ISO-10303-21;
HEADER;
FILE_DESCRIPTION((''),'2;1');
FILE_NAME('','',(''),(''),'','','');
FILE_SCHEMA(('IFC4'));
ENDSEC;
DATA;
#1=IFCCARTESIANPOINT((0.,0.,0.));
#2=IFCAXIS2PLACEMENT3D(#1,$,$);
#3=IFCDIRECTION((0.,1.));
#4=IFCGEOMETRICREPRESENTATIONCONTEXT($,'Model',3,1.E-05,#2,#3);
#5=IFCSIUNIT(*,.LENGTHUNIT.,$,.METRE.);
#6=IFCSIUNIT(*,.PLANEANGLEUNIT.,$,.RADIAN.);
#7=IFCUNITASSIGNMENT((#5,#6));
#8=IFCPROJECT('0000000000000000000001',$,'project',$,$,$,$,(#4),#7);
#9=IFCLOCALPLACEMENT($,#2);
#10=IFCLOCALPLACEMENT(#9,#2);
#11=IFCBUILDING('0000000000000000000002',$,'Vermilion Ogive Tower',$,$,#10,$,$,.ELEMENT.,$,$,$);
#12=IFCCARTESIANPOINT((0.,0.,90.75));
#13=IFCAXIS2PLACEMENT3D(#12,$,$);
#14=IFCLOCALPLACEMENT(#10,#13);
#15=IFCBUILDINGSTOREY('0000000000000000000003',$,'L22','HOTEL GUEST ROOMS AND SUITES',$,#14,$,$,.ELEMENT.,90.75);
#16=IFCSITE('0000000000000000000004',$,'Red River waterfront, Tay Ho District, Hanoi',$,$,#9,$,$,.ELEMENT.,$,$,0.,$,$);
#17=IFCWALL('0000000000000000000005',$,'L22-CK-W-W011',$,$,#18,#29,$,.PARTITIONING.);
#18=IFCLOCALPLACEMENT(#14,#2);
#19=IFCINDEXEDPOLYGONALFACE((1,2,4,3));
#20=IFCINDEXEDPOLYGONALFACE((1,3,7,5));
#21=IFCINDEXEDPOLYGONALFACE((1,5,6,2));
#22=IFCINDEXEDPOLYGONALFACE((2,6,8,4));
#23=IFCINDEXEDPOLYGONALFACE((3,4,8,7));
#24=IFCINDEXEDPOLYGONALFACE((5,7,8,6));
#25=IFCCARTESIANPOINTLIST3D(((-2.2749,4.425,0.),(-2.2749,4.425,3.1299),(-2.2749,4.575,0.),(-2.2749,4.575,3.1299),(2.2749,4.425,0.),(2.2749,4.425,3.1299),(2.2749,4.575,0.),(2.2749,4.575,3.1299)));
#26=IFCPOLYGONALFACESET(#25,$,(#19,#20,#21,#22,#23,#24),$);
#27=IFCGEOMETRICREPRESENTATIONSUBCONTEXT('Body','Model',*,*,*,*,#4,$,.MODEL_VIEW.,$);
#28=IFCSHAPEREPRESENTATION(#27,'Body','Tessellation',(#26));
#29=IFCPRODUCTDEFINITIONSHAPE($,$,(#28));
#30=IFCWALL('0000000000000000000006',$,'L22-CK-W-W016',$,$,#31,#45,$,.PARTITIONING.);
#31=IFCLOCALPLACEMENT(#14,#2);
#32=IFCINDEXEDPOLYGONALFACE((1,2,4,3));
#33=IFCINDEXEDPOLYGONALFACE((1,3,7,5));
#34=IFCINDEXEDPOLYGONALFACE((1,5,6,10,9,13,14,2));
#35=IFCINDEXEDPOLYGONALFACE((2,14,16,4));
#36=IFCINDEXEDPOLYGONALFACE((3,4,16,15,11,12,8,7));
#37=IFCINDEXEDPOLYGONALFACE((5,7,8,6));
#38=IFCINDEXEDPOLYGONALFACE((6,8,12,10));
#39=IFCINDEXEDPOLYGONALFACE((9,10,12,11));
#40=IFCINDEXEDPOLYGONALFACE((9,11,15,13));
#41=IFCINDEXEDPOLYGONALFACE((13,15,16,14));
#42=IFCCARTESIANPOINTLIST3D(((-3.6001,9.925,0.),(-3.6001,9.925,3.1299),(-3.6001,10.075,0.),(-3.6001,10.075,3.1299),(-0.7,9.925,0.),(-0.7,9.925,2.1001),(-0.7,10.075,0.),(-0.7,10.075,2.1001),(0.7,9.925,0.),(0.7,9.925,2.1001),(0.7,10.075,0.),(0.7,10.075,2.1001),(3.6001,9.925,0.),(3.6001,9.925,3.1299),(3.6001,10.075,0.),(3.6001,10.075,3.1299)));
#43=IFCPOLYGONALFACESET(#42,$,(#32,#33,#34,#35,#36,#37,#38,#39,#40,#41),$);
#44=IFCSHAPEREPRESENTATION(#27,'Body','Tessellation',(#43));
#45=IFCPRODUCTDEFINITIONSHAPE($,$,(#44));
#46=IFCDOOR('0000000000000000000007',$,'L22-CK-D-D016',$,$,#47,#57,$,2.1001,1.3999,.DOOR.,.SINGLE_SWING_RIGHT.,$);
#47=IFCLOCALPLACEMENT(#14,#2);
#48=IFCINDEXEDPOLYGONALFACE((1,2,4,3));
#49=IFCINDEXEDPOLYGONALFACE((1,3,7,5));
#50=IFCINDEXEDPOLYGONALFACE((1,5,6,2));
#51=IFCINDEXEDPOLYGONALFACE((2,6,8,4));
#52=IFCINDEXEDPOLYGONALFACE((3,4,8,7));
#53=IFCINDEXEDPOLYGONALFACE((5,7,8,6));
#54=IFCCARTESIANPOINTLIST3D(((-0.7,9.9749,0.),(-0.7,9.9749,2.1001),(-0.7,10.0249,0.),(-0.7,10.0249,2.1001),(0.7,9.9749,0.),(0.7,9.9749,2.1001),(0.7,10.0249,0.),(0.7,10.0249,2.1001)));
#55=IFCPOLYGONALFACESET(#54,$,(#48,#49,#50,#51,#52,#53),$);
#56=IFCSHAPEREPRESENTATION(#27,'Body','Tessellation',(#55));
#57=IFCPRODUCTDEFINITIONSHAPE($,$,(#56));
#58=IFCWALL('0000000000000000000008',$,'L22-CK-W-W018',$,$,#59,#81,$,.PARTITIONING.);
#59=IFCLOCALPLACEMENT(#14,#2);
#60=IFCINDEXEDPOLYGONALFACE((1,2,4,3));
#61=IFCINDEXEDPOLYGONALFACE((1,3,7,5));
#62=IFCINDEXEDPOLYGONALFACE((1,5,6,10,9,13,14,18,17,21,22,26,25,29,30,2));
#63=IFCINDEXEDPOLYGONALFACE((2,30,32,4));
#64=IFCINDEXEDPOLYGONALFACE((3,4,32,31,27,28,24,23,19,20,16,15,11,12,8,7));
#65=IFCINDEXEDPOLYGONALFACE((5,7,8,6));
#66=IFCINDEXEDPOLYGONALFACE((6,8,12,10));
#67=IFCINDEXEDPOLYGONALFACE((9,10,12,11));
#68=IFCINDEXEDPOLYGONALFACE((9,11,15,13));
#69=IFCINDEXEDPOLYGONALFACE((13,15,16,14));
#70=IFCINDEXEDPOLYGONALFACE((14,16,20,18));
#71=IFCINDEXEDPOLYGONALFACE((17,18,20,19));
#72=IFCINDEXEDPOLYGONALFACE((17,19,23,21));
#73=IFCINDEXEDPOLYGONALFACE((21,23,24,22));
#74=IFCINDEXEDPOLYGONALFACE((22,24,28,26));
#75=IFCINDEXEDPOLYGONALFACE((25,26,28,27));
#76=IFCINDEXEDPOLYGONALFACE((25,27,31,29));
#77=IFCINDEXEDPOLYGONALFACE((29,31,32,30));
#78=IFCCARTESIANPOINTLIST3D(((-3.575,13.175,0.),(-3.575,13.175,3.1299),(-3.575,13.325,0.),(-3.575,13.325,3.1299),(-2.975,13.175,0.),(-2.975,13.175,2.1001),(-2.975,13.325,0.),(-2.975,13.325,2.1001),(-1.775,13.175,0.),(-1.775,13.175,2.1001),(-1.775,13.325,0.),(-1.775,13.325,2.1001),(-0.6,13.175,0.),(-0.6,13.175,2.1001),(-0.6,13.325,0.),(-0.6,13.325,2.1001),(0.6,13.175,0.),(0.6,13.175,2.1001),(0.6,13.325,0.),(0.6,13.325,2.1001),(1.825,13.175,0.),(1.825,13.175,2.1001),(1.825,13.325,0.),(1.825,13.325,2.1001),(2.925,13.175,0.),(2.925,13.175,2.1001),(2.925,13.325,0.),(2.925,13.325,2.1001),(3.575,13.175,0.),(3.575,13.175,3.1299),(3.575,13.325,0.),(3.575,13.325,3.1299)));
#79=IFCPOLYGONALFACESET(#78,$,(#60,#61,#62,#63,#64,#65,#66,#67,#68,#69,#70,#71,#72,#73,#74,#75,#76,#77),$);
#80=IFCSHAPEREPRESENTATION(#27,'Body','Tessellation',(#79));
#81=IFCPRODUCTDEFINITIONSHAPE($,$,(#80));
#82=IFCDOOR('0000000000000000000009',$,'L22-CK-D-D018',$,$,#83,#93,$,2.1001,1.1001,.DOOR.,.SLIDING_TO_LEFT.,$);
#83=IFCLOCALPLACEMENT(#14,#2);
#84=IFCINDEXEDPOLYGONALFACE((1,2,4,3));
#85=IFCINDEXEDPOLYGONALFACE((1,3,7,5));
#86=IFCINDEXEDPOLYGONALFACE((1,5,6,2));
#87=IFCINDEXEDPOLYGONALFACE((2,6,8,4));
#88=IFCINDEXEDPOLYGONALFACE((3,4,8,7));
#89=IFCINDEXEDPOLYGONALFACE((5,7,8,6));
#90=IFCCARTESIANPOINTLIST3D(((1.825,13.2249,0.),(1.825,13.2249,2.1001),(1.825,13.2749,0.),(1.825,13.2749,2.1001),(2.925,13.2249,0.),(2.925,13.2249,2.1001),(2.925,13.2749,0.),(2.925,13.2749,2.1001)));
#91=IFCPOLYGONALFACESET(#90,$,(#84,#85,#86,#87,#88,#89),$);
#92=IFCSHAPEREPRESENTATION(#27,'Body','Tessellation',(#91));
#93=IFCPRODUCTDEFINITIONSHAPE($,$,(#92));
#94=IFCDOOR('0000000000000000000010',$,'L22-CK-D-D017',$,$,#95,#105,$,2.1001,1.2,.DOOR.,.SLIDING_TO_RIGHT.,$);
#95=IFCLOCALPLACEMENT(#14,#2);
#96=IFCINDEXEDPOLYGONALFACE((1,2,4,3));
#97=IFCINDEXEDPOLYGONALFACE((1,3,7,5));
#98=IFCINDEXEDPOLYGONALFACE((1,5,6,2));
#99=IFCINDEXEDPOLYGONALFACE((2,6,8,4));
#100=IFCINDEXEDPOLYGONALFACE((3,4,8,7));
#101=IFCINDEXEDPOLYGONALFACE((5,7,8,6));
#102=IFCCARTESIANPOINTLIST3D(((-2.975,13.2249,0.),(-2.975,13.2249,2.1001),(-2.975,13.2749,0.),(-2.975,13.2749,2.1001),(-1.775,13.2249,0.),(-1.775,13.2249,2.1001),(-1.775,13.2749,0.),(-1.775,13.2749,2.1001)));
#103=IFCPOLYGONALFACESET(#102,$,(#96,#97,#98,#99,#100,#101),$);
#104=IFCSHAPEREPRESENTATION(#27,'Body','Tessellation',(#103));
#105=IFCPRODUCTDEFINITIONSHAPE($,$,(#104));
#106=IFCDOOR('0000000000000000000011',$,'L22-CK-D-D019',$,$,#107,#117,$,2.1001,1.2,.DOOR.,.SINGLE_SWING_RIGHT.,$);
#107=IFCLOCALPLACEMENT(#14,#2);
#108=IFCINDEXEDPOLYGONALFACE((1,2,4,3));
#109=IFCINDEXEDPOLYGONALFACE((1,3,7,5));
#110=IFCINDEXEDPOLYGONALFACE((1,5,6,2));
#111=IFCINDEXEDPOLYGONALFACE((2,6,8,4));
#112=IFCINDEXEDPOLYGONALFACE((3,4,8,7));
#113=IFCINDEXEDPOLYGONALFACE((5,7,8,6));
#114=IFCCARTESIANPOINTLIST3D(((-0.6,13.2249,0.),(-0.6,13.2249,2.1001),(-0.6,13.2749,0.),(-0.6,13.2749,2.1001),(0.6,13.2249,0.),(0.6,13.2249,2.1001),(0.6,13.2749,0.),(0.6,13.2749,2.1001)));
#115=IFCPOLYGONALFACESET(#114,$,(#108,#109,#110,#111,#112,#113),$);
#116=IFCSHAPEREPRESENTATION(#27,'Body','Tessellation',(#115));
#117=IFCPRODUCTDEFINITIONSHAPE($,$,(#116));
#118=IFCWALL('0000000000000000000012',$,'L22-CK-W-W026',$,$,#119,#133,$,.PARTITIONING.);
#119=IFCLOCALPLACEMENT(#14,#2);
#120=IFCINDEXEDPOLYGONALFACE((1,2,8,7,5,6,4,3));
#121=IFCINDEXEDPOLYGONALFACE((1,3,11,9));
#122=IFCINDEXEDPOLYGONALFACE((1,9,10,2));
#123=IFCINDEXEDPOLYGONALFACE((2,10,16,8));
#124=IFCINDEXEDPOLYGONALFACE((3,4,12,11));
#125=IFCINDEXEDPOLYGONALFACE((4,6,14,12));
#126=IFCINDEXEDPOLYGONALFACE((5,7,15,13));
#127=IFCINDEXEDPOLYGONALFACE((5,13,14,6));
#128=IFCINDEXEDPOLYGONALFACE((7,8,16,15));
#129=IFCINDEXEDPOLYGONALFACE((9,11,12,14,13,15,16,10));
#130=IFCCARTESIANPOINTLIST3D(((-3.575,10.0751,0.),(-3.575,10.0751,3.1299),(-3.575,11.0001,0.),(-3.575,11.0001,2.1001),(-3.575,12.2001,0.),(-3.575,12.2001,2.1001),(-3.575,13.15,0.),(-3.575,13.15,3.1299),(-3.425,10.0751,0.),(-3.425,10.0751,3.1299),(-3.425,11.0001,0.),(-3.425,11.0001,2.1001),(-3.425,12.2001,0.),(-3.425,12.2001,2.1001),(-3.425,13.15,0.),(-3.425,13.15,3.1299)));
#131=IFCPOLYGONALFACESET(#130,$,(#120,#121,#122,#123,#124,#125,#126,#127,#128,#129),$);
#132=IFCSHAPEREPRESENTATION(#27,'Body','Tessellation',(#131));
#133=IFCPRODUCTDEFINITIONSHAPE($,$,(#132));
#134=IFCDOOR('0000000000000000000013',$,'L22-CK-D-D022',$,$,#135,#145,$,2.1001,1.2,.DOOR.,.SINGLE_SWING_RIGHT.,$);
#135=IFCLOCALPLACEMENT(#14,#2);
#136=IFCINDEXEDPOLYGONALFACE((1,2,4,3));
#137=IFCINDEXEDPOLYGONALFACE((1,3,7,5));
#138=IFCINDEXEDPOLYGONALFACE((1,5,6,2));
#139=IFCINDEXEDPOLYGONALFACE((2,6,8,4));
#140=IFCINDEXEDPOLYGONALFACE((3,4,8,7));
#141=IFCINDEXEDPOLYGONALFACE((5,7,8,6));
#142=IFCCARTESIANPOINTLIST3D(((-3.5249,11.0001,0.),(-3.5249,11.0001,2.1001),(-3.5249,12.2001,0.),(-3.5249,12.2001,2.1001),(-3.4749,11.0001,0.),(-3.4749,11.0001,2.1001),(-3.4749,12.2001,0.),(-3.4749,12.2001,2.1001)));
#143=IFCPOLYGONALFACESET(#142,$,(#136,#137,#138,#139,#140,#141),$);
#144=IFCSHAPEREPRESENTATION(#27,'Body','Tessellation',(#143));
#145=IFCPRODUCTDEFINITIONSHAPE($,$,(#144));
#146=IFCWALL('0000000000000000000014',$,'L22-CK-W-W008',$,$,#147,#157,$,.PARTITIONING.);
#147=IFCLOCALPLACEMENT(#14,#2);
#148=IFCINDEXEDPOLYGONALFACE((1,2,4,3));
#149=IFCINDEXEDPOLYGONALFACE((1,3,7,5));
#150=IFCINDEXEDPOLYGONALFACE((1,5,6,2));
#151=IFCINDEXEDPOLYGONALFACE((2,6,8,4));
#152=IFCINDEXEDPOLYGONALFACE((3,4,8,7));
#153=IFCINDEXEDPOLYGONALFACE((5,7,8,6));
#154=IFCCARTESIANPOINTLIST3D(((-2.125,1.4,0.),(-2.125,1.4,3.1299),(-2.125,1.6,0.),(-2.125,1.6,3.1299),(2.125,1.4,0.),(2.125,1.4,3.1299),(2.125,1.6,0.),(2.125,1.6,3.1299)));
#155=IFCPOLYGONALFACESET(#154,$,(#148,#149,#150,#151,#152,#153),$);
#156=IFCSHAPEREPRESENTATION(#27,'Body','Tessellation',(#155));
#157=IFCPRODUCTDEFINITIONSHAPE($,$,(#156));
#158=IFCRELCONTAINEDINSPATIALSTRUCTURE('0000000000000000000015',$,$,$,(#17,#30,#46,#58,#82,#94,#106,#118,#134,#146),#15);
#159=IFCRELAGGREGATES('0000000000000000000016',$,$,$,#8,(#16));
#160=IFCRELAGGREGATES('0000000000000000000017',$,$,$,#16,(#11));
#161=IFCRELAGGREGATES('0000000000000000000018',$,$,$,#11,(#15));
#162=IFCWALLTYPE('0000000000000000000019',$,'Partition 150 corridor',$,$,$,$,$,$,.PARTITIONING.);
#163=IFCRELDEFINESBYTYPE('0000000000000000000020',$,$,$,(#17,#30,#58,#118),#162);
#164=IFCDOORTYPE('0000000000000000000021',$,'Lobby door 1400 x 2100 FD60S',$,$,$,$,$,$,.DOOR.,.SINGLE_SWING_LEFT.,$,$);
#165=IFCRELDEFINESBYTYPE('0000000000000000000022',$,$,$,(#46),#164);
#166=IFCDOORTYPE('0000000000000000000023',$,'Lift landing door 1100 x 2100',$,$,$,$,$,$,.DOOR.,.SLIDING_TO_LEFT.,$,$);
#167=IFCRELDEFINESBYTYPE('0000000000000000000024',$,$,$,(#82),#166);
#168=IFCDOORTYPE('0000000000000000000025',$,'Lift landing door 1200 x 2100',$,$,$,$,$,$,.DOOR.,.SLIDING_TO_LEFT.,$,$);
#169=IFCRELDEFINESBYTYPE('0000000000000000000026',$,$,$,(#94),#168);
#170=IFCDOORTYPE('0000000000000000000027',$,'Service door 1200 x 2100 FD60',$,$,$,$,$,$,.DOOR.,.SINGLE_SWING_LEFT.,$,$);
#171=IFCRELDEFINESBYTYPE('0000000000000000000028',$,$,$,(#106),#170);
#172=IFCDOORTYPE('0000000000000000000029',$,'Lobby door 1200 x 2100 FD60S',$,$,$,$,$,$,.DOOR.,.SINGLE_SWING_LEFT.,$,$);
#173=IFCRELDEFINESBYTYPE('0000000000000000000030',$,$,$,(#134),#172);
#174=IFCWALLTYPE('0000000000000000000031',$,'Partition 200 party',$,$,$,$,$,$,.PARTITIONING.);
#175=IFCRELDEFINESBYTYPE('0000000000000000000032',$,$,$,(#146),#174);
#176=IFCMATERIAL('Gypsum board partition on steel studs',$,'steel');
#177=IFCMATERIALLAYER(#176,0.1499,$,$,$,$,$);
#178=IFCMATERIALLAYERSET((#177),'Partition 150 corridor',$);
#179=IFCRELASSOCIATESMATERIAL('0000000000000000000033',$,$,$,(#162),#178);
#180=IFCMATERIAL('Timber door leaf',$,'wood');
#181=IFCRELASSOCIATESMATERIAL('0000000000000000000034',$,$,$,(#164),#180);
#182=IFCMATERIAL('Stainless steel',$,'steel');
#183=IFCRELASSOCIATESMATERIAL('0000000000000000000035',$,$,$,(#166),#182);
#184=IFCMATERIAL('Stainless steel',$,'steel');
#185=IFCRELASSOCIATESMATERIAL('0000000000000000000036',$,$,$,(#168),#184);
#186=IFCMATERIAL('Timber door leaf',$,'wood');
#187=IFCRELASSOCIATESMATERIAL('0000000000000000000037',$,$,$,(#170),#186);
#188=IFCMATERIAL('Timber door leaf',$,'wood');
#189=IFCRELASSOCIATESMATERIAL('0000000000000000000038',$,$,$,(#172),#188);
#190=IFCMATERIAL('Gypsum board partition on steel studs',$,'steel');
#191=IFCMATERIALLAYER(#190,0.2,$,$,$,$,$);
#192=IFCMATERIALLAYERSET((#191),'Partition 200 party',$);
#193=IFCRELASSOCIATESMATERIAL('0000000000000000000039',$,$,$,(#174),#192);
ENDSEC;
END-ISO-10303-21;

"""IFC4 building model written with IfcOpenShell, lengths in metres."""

from ifc_helpers import new_model, si_unit, direction, frame, frame_2d, origin, place, context, subcontext, project, spatial, rectangle, extrude, material, layer, layer_set, type_object, element, fill, save


model = new_model("IFC4")

# Units and contexts
model_context = context("Model", 3, precision=1e-05, world=origin(), true_north=direction((0.0, 1.0)))
body_context = subcontext(model_context, "Body", "Model", "MODEL_VIEW")
ifc_project = project(units=[si_unit("LENGTHUNIT", "METRE"), si_unit("PLANEANGLEUNIT", "RADIAN")], contexts=[model_context])

# Site, building, storey
site_placement = place(None, origin())
site = spatial("IfcSite", under=ifc_project, at=site_placement, Name="Red River waterfront, Tay Ho District, Hanoi", CompositionType="ELEMENT", RefElevation=0.0)
building_placement = place(site_placement, origin())
building = spatial("IfcBuilding", under=site, at=building_placement, Name="Vermilion Ogive Tower", CompositionType="ELEMENT")
storey_placement = place(building_placement, frame((0.0, 0.0, 90.75)))
storey = spatial("IfcBuildingStorey", under=building, at=storey_placement, Name="L22", Description="HOTEL GUEST ROOMS AND SUITES", CompositionType="ELEMENT", Elevation=90.75)

# Wall
ifc_material_1 = material(Name="Gypsum board partition on steel studs", Category="steel")
ifc_layer_1 = layer(ifc_material_1, 0.1499)
ifc_layer_set_1 = layer_set([ifc_layer_1], Name="Partition 150 corridor")
wall_type_1 = type_object("IfcWallType", Name="Partition 150 corridor", PredefinedType="PARTITIONING", material=ifc_layer_set_1)
wall_1_placement = place(storey_placement, frame((-2.2749, 4.5, 0.0), z_axis=(0.0, 0.0, 1.0), x_axis=(1.0, 0.0, 0.0)))
element("IfcWall", 1, at=wall_1_placement, inside=storey, type_object=wall_type_1, Name="L22-CK-W-W011", PredefinedType="PARTITIONING", context=body_context, shape_type="SweptSolid", body=[
    extrude(rectangle(XDim=4.5498, YDim=0.1499, at=frame_2d((2.2749, 0.0))), origin(), (0.0, 0.0, 1.0), 3.1299),
])

# Wall, opening, door
wall_2_placement = place(storey_placement, frame((-3.6001, 10.0, 0.0), z_axis=(0.0, 0.0, 1.0), x_axis=(1.0, 0.0, 0.0)))
wall_2 = element("IfcWall", 2, at=wall_2_placement, inside=storey, type_object=wall_type_1, Name="L22-CK-W-W016", PredefinedType="PARTITIONING", context=body_context, shape_type="SweptSolid", body=[
    extrude(rectangle(XDim=7.2002, YDim=0.1499, at=frame_2d((3.6001, 0.0))), origin(), (0.0, 0.0, 1.0), 3.1299),
])
opening_1_placement = place(wall_2_placement, frame((2.9001, 0.0, 0.0)))
opening_1 = element("IfcOpeningElement", 3, at=opening_1_placement, cuts=wall_2, PredefinedType="OPENING", context=body_context, shape_type="SweptSolid", body=[
    extrude(rectangle(XDim=1.3999, YDim=2.1001, at=frame_2d((0.7, 1.05))), frame((0.0, 0.085, 0.0), z_axis=(0.0, -1.0, 0.0), x_axis=(1.0, 0.0, 0.0)), (0.0, 0.0, 1.0), 0.1699),
])
ifc_material_2 = material(Name="Timber door leaf", Category="wood")
door_type_1 = type_object("IfcDoorType", Name="Lobby door 1400 x 2100 FD60S", OperationType="SINGLE_SWING_LEFT", PredefinedType="DOOR", material=ifc_material_2)
door_1_placement = place(opening_1_placement, origin())
door_1 = element("IfcDoor", 4, at=door_1_placement, inside=storey, type_object=door_type_1, Name="L22-CK-D-D016", OperationType="SINGLE_SWING_RIGHT", OverallHeight=2.1001, OverallWidth=1.3999, PredefinedType="DOOR", context=body_context, shape_type="SweptSolid", body=[
    extrude(rectangle(XDim=1.3999, YDim=2.1001, at=frame_2d((0.7, 1.05))), frame((0.0, 0.0249, 0.0), z_axis=(0.0, -1.0, 0.0), x_axis=(1.0, 0.0, 0.0)), (0.0, 0.0, 1.0), 0.05),
])
fill(opening_1, door_1)

# Wall, openings, doors
wall_3_placement = place(storey_placement, frame((-3.575, 13.25, 0.0), z_axis=(0.0, 0.0, 1.0), x_axis=(1.0, 0.0, 0.0)))
wall_3 = element("IfcWall", 5, at=wall_3_placement, inside=storey, type_object=wall_type_1, Name="L22-CK-W-W018", PredefinedType="PARTITIONING", context=body_context, shape_type="SweptSolid", body=[
    extrude(rectangle(XDim=7.1499, YDim=0.1499, at=frame_2d((3.575, 0.0))), origin(), (0.0, 0.0, 1.0), 3.1299),
])
opening_2_placement = place(wall_3_placement, frame((0.5999, 0.0, 0.0)))
opening_2 = element("IfcOpeningElement", 6, at=opening_2_placement, cuts=wall_3, PredefinedType="OPENING", context=body_context, shape_type="SweptSolid", body=[
    extrude(rectangle(XDim=1.2, YDim=2.1001, at=frame_2d((0.6001, 1.05))), frame((0.0, 0.085, 0.0), z_axis=(0.0, -1.0, 0.0), x_axis=(1.0, 0.0, 0.0)), (0.0, 0.0, 1.0), 0.1699),
])
opening_3_placement = place(wall_3_placement, frame((5.3999, 0.0, 0.0)))
opening_3 = element("IfcOpeningElement", 7, at=opening_3_placement, cuts=wall_3, PredefinedType="OPENING", context=body_context, shape_type="SweptSolid", body=[
    extrude(rectangle(XDim=1.1001, YDim=2.1001, at=frame_2d((0.55, 1.05))), frame((0.0, 0.085, 0.0), z_axis=(0.0, -1.0, 0.0), x_axis=(1.0, 0.0, 0.0)), (0.0, 0.0, 1.0), 0.1699),
])
opening_4_placement = place(wall_3_placement, frame((2.9749, 0.0, 0.0)))
opening_4 = element("IfcOpeningElement", 8, at=opening_4_placement, cuts=wall_3, PredefinedType="OPENING", context=body_context, shape_type="SweptSolid", body=[
    extrude(rectangle(XDim=1.2, YDim=2.1001, at=frame_2d((0.6001, 1.05))), frame((0.0, 0.085, 0.0), z_axis=(0.0, -1.0, 0.0), x_axis=(1.0, 0.0, 0.0)), (0.0, 0.0, 1.0), 0.1699),
])
ifc_material_3 = material(Name="Stainless steel", Category="steel")
door_type_2 = type_object("IfcDoorType", Name="Lift landing door 1100 x 2100", OperationType="SLIDING_TO_LEFT", PredefinedType="DOOR", material=ifc_material_3)
door_2_placement = place(opening_3_placement, origin())
door_2 = element("IfcDoor", 9, at=door_2_placement, inside=storey, type_object=door_type_2, Name="L22-CK-D-D018", OperationType="SLIDING_TO_LEFT", OverallHeight=2.1001, OverallWidth=1.1001, PredefinedType="DOOR", context=body_context, shape_type="SweptSolid", body=[
    extrude(rectangle(XDim=1.1001, YDim=2.1001, at=frame_2d((0.55, 1.05))), frame((0.0, 0.0249, 0.0), z_axis=(0.0, -1.0, 0.0), x_axis=(1.0, 0.0, 0.0)), (0.0, 0.0, 1.0), 0.05),
])
fill(opening_3, door_2)
ifc_material_4 = material(Name="Stainless steel", Category="steel")
door_type_3 = type_object("IfcDoorType", Name="Lift landing door 1200 x 2100", OperationType="SLIDING_TO_LEFT", PredefinedType="DOOR", material=ifc_material_4)
door_3_placement = place(opening_2_placement, origin())
door_3 = element("IfcDoor", 10, at=door_3_placement, inside=storey, type_object=door_type_3, Name="L22-CK-D-D017", OperationType="SLIDING_TO_RIGHT", OverallHeight=2.1001, OverallWidth=1.2, PredefinedType="DOOR", context=body_context, shape_type="SweptSolid", body=[
    extrude(rectangle(XDim=1.2, YDim=2.1001, at=frame_2d((0.6001, 1.05))), frame((0.0, 0.0249, 0.0), z_axis=(0.0, -1.0, 0.0), x_axis=(1.0, 0.0, 0.0)), (0.0, 0.0, 1.0), 0.05),
])
fill(opening_2, door_3)
ifc_material_5 = material(Name="Timber door leaf", Category="wood")
door_type_4 = type_object("IfcDoorType", Name="Service door 1200 x 2100 FD60", OperationType="SINGLE_SWING_LEFT", PredefinedType="DOOR", material=ifc_material_5)
door_4_placement = place(opening_4_placement, origin())
door_4 = element("IfcDoor", 11, at=door_4_placement, inside=storey, type_object=door_type_4, Name="L22-CK-D-D019", OperationType="SINGLE_SWING_RIGHT", OverallHeight=2.1001, OverallWidth=1.2, PredefinedType="DOOR", context=body_context, shape_type="SweptSolid", body=[
    extrude(rectangle(XDim=1.2, YDim=2.1001, at=frame_2d((0.6001, 1.05))), frame((0.0, 0.0249, 0.0), z_axis=(0.0, -1.0, 0.0), x_axis=(1.0, 0.0, 0.0)), (0.0, 0.0, 1.0), 0.05),
])
fill(opening_4, door_4)

# Wall, opening, door
wall_4_placement = place(storey_placement, frame((-3.5, 10.075, 0.0), z_axis=(0.0, 0.0, 1.0), x_axis=(0.0, 1.0, 0.0)))
wall_4 = element("IfcWall", 12, at=wall_4_placement, inside=storey, type_object=wall_type_1, Name="L22-CK-W-W026", PredefinedType="PARTITIONING", context=body_context, shape_type="SweptSolid", body=[
    extrude(rectangle(XDim=3.075, YDim=0.1499, at=frame_2d((1.5376, 0.0))), origin(), (0.0, 0.0, 1.0), 3.1299),
])
opening_5_placement = place(wall_4_placement, frame((0.925, 0.0, 0.0)))
opening_5 = element("IfcOpeningElement", 13, at=opening_5_placement, cuts=wall_4, PredefinedType="OPENING", context=body_context, shape_type="SweptSolid", body=[
    extrude(rectangle(XDim=1.2, YDim=2.1001, at=frame_2d((0.6001, 1.05))), frame((0.0, 0.085, 0.0), z_axis=(0.0, -1.0, 0.0), x_axis=(1.0, 0.0, 0.0)), (0.0, 0.0, 1.0), 0.1699),
])
ifc_material_6 = material(Name="Timber door leaf", Category="wood")
door_type_5 = type_object("IfcDoorType", Name="Lobby door 1200 x 2100 FD60S", OperationType="SINGLE_SWING_LEFT", PredefinedType="DOOR", material=ifc_material_6)
door_5_placement = place(opening_5_placement, origin())
door_5 = element("IfcDoor", 14, at=door_5_placement, inside=storey, type_object=door_type_5, Name="L22-CK-D-D022", OperationType="SINGLE_SWING_RIGHT", OverallHeight=2.1001, OverallWidth=1.2, PredefinedType="DOOR", context=body_context, shape_type="SweptSolid", body=[
    extrude(rectangle(XDim=1.2, YDim=2.1001, at=frame_2d((0.6001, 1.05))), frame((0.0, 0.0249, 0.0), z_axis=(0.0, -1.0, 0.0), x_axis=(1.0, 0.0, 0.0)), (0.0, 0.0, 1.0), 0.05),
])
fill(opening_5, door_5)

# Wall
ifc_material_7 = material(Name="Gypsum board partition on steel studs", Category="steel")
ifc_layer_2 = layer(ifc_material_7, 0.2)
ifc_layer_set_2 = layer_set([ifc_layer_2], Name="Partition 200 party")
wall_type_2 = type_object("IfcWallType", Name="Partition 200 party", PredefinedType="PARTITIONING", material=ifc_layer_set_2)
wall_5_placement = place(storey_placement, frame((-2.125, 1.5, 0.0), z_axis=(0.0, 0.0, 1.0), x_axis=(1.0, 0.0, 0.0)))
element("IfcWall", 15, at=wall_5_placement, inside=storey, type_object=wall_type_2, Name="L22-CK-W-W008", PredefinedType="PARTITIONING", context=body_context, shape_type="SweptSolid", body=[
    extrude(rectangle(XDim=4.25, YDim=0.2, at=frame_2d((2.125, 0.0))), origin(), (0.0, 0.0, 1.0), 3.1299),
])

save(model, "model.ifc")
